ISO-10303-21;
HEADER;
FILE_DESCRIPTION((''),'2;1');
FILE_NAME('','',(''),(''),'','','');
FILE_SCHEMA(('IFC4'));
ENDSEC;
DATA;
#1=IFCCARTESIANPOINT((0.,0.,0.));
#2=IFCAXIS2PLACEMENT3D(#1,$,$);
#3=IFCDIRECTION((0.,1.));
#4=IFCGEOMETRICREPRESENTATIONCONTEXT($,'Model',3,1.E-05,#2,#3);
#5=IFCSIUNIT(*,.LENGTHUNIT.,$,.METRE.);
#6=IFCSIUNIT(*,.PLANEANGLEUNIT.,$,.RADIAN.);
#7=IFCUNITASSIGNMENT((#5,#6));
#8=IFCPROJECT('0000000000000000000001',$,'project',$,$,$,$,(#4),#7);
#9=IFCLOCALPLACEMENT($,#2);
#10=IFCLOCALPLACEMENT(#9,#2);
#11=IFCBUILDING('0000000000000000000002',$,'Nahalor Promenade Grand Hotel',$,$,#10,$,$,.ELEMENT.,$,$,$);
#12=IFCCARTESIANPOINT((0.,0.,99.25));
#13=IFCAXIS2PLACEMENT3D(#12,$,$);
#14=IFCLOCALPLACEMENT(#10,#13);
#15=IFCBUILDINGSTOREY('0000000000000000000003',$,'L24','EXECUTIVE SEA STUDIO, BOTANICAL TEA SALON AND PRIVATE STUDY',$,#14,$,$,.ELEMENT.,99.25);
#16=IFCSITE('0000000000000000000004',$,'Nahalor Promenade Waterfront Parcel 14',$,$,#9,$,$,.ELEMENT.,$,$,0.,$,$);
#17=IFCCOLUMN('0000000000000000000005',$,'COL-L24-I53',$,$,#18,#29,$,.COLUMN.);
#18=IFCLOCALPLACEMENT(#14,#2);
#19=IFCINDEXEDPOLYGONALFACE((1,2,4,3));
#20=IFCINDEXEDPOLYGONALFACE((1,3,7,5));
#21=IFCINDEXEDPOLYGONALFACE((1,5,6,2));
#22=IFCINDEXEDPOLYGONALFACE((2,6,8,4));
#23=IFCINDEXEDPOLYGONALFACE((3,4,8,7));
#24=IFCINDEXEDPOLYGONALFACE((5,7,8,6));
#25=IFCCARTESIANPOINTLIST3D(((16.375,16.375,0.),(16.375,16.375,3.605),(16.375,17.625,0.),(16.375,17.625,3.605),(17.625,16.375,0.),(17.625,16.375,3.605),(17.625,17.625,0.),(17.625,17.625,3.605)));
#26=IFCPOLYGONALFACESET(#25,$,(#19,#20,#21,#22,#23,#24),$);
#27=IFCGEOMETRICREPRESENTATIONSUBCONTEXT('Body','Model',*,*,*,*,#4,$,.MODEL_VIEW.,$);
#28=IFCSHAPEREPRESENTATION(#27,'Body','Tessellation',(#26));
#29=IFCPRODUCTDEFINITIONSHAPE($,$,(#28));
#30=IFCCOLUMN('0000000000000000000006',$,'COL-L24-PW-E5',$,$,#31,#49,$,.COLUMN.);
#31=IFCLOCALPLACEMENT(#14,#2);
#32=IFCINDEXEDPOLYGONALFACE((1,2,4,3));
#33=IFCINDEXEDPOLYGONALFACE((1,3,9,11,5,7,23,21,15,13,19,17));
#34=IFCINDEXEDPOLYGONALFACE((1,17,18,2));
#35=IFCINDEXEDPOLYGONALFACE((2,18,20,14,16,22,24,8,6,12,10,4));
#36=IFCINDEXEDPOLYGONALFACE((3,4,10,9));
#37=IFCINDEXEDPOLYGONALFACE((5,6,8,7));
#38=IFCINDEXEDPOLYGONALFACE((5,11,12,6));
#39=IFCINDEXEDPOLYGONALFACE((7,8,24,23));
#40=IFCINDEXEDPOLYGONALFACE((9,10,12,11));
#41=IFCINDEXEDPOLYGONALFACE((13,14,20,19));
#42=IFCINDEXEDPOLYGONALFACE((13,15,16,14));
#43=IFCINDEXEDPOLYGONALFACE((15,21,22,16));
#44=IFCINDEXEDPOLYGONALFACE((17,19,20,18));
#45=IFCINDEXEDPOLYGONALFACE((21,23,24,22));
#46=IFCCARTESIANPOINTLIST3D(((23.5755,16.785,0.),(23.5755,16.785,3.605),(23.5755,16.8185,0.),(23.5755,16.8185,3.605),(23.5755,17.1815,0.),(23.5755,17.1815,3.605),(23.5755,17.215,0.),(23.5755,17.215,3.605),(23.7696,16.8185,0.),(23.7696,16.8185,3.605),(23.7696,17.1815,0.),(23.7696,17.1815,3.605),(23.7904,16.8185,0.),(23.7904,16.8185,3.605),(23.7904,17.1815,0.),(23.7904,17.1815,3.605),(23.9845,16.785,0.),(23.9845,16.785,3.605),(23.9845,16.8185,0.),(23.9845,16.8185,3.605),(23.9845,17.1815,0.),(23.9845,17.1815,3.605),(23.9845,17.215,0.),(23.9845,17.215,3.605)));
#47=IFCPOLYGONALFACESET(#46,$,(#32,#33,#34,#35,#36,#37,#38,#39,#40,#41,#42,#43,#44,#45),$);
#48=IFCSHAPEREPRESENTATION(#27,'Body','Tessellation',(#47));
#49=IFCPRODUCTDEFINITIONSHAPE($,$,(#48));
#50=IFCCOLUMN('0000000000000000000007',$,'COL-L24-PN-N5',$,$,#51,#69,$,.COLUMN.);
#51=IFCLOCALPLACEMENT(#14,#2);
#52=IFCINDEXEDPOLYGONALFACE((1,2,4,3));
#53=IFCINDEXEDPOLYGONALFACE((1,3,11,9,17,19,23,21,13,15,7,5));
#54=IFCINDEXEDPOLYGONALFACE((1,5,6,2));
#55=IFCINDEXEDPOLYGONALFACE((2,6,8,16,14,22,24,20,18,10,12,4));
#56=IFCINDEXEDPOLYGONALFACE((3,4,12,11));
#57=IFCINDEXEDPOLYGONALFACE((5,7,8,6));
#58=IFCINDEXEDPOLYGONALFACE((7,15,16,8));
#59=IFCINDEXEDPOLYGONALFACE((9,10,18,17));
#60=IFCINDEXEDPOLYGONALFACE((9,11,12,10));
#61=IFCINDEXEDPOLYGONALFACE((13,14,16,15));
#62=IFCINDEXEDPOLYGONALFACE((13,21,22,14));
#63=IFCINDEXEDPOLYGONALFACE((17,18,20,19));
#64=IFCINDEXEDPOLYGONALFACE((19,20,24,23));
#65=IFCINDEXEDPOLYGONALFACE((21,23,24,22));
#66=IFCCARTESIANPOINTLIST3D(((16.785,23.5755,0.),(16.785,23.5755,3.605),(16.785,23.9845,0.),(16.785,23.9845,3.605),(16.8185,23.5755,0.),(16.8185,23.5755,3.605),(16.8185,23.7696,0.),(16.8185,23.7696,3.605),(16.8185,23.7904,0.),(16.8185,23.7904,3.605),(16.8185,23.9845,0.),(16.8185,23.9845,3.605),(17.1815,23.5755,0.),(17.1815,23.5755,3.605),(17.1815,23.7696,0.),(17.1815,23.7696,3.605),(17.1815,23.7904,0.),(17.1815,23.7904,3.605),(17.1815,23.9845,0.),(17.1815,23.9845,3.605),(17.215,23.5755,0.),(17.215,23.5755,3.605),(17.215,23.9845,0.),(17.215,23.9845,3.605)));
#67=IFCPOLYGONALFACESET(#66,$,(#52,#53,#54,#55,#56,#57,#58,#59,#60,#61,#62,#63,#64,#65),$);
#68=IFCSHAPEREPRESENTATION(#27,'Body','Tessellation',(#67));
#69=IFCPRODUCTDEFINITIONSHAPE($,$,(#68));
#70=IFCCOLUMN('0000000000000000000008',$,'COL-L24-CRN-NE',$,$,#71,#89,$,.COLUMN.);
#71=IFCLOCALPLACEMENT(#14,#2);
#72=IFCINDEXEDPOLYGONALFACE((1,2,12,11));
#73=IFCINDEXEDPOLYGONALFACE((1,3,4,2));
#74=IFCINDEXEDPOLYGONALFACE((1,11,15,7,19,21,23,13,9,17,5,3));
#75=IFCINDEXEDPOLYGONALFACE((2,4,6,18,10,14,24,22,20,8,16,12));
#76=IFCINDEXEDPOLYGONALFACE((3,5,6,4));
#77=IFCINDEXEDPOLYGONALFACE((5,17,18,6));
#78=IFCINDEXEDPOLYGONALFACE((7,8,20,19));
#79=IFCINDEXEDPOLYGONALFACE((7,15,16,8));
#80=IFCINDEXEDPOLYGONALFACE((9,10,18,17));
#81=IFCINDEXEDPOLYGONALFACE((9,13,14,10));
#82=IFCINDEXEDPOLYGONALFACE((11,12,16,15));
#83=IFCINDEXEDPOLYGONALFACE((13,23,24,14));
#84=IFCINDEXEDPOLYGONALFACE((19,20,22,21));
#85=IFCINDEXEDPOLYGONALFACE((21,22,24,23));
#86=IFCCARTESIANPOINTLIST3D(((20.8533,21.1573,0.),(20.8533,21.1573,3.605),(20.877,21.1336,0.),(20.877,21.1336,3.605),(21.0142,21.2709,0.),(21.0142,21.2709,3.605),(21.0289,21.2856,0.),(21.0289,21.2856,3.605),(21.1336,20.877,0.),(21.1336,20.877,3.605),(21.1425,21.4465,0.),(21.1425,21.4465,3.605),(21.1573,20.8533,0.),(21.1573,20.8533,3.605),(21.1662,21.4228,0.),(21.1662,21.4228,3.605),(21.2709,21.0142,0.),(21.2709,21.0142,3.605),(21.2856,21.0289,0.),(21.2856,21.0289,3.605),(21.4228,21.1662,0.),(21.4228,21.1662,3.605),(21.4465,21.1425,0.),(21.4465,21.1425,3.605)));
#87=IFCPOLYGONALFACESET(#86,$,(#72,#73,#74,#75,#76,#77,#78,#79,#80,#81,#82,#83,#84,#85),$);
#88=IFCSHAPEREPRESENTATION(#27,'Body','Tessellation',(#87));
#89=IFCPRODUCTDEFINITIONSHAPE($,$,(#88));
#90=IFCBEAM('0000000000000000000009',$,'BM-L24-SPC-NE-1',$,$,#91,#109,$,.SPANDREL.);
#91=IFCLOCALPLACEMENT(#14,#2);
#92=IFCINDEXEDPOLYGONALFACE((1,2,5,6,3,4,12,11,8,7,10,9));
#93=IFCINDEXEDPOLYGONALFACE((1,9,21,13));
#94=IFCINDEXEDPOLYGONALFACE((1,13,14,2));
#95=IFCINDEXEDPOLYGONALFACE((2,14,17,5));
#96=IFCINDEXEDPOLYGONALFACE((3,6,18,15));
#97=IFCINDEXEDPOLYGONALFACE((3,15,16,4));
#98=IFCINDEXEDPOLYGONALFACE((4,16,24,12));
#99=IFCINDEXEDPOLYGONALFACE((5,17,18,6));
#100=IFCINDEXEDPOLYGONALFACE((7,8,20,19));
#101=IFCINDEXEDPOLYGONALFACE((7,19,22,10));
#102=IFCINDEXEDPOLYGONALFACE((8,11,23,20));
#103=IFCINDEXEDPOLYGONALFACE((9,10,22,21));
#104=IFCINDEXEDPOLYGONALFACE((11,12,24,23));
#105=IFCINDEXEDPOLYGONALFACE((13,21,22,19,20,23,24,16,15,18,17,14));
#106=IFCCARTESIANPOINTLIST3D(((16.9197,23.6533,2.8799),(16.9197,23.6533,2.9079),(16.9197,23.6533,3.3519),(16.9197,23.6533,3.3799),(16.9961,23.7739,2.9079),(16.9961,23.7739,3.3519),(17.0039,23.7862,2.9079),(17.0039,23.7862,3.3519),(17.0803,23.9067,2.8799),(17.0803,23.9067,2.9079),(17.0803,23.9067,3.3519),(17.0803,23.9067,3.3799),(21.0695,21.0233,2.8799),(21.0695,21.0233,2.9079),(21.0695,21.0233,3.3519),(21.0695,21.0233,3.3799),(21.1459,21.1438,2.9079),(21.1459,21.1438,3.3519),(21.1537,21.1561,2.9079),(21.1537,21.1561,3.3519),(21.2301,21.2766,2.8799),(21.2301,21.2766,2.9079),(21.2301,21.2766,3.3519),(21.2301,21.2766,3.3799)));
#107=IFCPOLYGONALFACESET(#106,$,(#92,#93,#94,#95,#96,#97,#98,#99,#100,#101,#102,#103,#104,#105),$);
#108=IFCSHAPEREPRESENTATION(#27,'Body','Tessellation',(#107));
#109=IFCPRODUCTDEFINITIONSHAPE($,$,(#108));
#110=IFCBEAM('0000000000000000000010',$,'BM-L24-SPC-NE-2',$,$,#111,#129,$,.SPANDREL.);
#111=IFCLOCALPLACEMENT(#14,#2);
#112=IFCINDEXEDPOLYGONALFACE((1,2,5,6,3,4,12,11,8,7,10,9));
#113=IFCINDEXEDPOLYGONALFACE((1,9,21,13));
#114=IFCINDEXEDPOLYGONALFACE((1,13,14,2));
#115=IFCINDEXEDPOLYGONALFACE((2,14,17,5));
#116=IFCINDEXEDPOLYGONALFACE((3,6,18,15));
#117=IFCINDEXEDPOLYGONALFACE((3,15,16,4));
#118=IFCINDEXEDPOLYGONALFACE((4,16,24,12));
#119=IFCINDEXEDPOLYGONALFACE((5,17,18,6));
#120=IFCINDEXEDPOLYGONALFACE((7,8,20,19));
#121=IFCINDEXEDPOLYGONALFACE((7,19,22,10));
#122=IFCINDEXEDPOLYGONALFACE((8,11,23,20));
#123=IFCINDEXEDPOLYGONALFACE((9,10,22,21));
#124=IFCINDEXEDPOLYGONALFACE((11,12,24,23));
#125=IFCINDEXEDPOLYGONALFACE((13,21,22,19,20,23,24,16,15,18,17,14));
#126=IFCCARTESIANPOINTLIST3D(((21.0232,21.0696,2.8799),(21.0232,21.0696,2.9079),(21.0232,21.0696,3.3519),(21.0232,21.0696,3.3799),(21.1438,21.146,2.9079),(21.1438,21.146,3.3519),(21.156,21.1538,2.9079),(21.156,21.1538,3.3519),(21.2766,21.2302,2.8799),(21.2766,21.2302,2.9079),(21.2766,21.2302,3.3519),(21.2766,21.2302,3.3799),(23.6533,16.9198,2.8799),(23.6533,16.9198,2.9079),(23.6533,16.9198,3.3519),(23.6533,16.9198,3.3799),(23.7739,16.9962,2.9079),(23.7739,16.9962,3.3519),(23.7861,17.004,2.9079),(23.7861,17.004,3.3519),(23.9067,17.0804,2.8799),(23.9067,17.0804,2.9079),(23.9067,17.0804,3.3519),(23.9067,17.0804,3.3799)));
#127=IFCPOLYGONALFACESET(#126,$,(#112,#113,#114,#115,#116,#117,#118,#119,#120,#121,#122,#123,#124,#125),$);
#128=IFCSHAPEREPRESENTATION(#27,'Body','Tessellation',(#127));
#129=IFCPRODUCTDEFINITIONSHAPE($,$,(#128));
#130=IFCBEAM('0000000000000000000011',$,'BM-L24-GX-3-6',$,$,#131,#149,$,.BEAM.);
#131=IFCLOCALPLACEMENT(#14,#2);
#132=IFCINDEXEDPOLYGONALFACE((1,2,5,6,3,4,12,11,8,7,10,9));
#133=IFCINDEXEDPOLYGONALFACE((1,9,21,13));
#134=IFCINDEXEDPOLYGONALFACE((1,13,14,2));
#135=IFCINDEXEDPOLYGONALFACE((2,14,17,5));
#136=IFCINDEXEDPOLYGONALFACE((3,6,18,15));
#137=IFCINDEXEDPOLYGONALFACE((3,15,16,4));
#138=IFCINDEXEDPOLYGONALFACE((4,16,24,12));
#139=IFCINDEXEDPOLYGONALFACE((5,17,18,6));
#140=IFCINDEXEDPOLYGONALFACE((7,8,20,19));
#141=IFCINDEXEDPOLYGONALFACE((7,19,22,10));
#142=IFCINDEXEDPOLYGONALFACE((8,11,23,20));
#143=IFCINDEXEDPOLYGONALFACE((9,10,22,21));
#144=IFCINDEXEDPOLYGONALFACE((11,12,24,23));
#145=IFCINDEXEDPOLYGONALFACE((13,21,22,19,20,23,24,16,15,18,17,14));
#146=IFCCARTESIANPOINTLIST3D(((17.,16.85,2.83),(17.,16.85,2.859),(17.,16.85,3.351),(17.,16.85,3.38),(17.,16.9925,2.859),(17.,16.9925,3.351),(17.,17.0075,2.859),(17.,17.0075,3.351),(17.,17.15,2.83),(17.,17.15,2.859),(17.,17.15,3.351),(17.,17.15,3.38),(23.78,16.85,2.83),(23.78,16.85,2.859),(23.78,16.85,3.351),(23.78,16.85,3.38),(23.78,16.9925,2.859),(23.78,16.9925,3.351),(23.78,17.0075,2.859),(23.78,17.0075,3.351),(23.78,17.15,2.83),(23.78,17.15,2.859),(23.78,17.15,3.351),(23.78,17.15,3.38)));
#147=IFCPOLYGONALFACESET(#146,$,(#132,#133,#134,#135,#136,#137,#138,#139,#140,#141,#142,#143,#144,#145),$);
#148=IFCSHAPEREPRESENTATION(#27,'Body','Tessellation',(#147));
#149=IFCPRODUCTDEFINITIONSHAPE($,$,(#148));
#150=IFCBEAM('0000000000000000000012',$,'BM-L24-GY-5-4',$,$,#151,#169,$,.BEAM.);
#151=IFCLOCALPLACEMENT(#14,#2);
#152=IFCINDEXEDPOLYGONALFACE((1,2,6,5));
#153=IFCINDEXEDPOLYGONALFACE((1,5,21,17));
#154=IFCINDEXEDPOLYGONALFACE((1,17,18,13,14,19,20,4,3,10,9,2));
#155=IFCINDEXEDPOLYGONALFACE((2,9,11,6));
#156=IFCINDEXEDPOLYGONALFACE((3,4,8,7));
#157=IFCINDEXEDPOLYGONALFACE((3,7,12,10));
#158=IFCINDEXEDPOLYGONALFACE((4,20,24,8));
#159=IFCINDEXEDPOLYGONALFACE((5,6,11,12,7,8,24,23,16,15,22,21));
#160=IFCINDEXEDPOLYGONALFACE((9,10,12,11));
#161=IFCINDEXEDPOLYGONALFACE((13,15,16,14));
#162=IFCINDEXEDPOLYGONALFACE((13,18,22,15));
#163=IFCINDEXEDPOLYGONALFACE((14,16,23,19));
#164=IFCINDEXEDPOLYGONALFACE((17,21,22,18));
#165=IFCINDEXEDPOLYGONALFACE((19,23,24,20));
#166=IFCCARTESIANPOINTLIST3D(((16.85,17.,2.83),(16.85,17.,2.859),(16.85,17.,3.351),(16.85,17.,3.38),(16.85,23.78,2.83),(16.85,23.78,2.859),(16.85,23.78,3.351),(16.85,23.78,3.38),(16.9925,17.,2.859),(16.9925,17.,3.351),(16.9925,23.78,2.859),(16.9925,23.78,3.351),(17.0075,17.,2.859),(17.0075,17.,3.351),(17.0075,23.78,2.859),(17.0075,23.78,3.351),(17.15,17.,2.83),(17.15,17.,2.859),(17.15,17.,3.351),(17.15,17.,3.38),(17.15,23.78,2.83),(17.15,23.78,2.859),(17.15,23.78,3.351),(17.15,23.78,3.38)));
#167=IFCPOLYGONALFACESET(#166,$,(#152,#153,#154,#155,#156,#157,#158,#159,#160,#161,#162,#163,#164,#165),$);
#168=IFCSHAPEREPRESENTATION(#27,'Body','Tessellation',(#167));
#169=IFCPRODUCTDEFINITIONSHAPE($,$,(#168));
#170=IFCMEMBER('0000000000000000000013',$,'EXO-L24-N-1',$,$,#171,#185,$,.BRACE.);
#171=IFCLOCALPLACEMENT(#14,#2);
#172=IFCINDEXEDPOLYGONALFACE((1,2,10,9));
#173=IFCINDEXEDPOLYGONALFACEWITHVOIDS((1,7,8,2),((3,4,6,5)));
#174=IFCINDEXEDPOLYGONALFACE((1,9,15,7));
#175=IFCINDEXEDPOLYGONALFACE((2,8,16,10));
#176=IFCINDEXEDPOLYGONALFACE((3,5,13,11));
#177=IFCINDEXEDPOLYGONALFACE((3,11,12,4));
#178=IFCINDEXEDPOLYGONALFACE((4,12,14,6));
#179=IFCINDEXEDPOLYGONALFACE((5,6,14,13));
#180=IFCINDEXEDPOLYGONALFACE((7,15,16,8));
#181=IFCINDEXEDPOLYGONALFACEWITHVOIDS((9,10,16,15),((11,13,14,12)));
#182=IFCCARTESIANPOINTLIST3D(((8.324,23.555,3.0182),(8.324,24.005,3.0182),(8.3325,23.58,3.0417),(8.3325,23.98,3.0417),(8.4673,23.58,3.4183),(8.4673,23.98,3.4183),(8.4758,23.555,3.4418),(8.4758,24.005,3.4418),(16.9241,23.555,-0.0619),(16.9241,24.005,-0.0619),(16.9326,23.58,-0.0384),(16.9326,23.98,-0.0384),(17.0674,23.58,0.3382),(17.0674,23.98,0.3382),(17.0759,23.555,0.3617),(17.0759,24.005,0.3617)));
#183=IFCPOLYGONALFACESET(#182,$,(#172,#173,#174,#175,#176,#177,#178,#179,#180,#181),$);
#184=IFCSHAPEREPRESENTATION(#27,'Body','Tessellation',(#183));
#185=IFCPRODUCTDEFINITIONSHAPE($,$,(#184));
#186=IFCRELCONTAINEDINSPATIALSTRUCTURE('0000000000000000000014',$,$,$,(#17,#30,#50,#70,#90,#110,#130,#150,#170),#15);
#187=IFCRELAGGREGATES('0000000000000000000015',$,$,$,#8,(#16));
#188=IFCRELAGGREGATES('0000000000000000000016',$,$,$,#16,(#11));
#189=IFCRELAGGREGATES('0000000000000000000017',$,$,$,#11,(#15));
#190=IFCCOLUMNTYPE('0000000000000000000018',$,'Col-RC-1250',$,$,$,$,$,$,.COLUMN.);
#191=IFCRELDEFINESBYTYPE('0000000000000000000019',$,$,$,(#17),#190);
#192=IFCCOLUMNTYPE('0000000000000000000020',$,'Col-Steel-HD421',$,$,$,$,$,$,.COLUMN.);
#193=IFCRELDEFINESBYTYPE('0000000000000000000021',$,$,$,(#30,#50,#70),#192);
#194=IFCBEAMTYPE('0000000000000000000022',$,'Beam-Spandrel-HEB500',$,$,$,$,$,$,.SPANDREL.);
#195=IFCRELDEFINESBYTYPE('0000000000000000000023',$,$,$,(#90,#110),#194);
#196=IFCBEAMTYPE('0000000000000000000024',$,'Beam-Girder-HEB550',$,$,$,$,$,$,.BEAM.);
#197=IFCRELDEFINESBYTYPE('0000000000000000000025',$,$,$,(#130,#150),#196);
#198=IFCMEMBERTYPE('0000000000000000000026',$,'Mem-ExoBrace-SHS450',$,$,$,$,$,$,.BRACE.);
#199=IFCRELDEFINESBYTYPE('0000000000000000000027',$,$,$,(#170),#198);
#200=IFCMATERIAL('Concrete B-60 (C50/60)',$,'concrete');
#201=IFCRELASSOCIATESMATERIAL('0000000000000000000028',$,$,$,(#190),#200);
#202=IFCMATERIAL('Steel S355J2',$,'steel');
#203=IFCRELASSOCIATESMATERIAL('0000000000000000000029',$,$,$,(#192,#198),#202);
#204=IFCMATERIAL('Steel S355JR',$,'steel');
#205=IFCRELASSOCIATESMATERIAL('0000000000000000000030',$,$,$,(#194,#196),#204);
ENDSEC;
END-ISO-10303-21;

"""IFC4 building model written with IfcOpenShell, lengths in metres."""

from ifc_helpers import new_model, si_unit, direction, frame, origin, origin_2d, place, context, subcontext, project, spatial, rectangle, hollow_rectangle, i_section, extrude, source, transform, mapped, material, material_profile, profile_set, type_object, element, save


model = new_model("IFC4")

# Units and contexts
model_context = context("Model", 3, precision=1e-05, world=origin(), true_north=direction((0.0, 1.0)))
body_context = subcontext(model_context, "Body", "Model", "MODEL_VIEW")
ifc_project = project(units=[si_unit("LENGTHUNIT", "METRE"), si_unit("PLANEANGLEUNIT", "RADIAN")], contexts=[model_context])

# Site, building, storey
site_placement = place(None, origin())
site = spatial("IfcSite", under=ifc_project, at=site_placement, Name="Nahalor Promenade Waterfront Parcel 14", CompositionType="ELEMENT", RefElevation=0.0)
building_placement = place(site_placement, origin())
building = spatial("IfcBuilding", under=site, at=building_placement, Name="Nahalor Promenade Grand Hotel", CompositionType="ELEMENT")
storey_placement = place(building_placement, frame((0.0, 0.0, 99.25)))
storey = spatial("IfcBuildingStorey", under=building, at=storey_placement, Name="L24", Description="EXECUTIVE SEA STUDIO, BOTANICAL TEA SALON AND PRIVATE STUDY", CompositionType="ELEMENT", Elevation=99.25)

# Columns
ifc_material_1 = material(Name="Concrete B-60 (C50/60)", Category="concrete")
ifc_material_profile_1 = material_profile(ifc_material_1, rectangle(XDim=1.25, YDim=1.25, at=origin_2d()), Name="RC 1250x1250")
ifc_profile_set_1 = profile_set([ifc_material_profile_1], Name="Concrete B-60 (C50/60)")
column_type_1 = type_object("IfcColumnType", Name="Col-RC-1250", PredefinedType="COLUMN", material=ifc_profile_set_1)
shared_shape_1 = source(origin(), body_context, "Body", "SweptSolid", [
    extrude(rectangle(XDim=1.25, YDim=1.25, at=origin_2d()), origin(), (0.0, 0.0, 1.0), 3.605),
])
column_placement = place(storey_placement, frame((17.0, 17.0, 0.0), z_axis=(0.0, 0.0, 1.0), x_axis=(1.0, 0.0, 0.0)))
element("IfcColumn", 1, at=column_placement, inside=storey, type_object=column_type_1, Name="COL-L24-I53", PredefinedType="COLUMN", context=body_context, shape_type="MappedRepresentation", body=[
    mapped(shared_shape_1, transform((0.0, 0.0, 0.0), scale=1.0)),
])
ifc_material_2 = material(Name="Steel S355J2", Category="steel")
ifc_material_profile_2 = material_profile(ifc_material_2, i_section(OverallWidth=0.409, OverallDepth=0.43, WebThickness=0.0208, FlangeThickness=0.0335, at=origin_2d()), Name="HD 400x421")
ifc_profile_set_2 = profile_set([ifc_material_profile_2], Name="Steel S355J2")
column_type_2 = type_object("IfcColumnType", Name="Col-Steel-HD421", PredefinedType="COLUMN", material=ifc_profile_set_2)
shared_shape_2 = source(origin(), body_context, "Body", "SweptSolid", [
    extrude(i_section(OverallWidth=0.409, OverallDepth=0.43, WebThickness=0.0208, FlangeThickness=0.0335, at=origin_2d()), origin(), (0.0, 0.0, 1.0), 3.605),
])
for number, where, z_axis, x_axis, name in (
    (2, (23.78, 17.0, 0.0), (0.0, 0.0, 1.0), (1.0, 0.0, 0.0), "COL-L24-PW-E5"),
    (3, (17.0, 23.78, 0.0), (0.0, 0.0, 1.0), (0.0, 1.0, 0.0), "COL-L24-PN-N5"),
    (4, (21.1499, 21.1499, 0.0), (0.0, 0.0, 1.0), (0.707107, 0.707107, 0.0), "COL-L24-CRN-NE"),
):
    element("IfcColumn", number, at=place(storey_placement, frame(where, z_axis=z_axis, x_axis=x_axis)), inside=storey, type_object=column_type_2, Name=name, PredefinedType="COLUMN", context=body_context, shape_type="MappedRepresentation", body=[
        mapped(shared_shape_2, transform((0.0, 0.0, 0.0), scale=1.0)),
    ])

# Beams
ifc_material_3 = material(Name="Steel S355JR", Category="steel")
ifc_material_profile_3 = material_profile(ifc_material_3, i_section(OverallWidth=0.3, OverallDepth=0.5, WebThickness=0.0145, FlangeThickness=0.028, at=origin_2d()), Name="HEB 500")
ifc_profile_set_3 = profile_set([ifc_material_profile_3], Name="Steel S355JR")
beam_type_1 = type_object("IfcBeamType", Name="Beam-Spandrel-HEB500", PredefinedType="SPANDREL", material=ifc_profile_set_3)
shared_shape_3 = source(origin(), body_context, "Body", "SweptSolid", [
    extrude(i_section(OverallWidth=0.3, OverallDepth=0.5, WebThickness=0.0145, FlangeThickness=0.028, at=origin_2d()), origin(), (0.0, 0.0, 1.0), 4.9131),
])
for number, where, z_axis, x_axis, name in (
    (5, (17.0, 23.78, 3.1299), (0.844648, -0.535322, 0.0), (0.535322, 0.844648, 0.0), "BM-L24-SPC-NE-1"),
    (6, (21.1499, 21.1499, 3.1299), (0.535322, -0.844648, 0.0), (0.844648, 0.535322, 0.0), "BM-L24-SPC-NE-2"),
):
    element("IfcBeam", number, at=place(storey_placement, frame(where, z_axis=z_axis, x_axis=x_axis)), inside=storey, type_object=beam_type_1, Name=name, PredefinedType="SPANDREL", context=body_context, shape_type="MappedRepresentation", body=[
        mapped(shared_shape_3, transform((0.0, 0.0, 0.0), scale=1.0)),
    ])
ifc_material_profile_4 = material_profile(ifc_material_3, i_section(OverallWidth=0.3, OverallDepth=0.55, WebThickness=0.015, FlangeThickness=0.029, at=origin_2d()), Name="HEB 550")
ifc_profile_set_4 = profile_set([ifc_material_profile_4], Name="Steel S355JR")
beam_type_2 = type_object("IfcBeamType", Name="Beam-Girder-HEB550", PredefinedType="BEAM", material=ifc_profile_set_4)
shared_shape_4 = source(origin(), body_context, "Body", "SweptSolid", [
    extrude(i_section(OverallWidth=0.3, OverallDepth=0.55, WebThickness=0.015, FlangeThickness=0.029, at=origin_2d()), origin(), (0.0, 0.0, 1.0), 6.78),
])
for number, where, z_axis, x_axis, name in (
    (7, (17.0, 17.0, 3.105), (1.0, 0.0, 0.0), (0.0, 1.0, 0.0), "BM-L24-GX-3-6"),
    (8, (17.0, 17.0, 3.105), (0.0, 1.0, 0.0), (-1.0, 0.0, 0.0), "BM-L24-GY-5-4"),
):
    element("IfcBeam", number, at=place(storey_placement, frame(where, z_axis=z_axis, x_axis=x_axis)), inside=storey, type_object=beam_type_2, Name=name, PredefinedType="BEAM", context=body_context, shape_type="MappedRepresentation", body=[
        mapped(shared_shape_4, transform((0.0, 0.0, 0.0), scale=1.0)),
    ])

# Member
ifc_material_profile_5 = material_profile(ifc_material_2, hollow_rectangle(XDim=0.45, YDim=0.45, WallThickness=0.025, at=origin_2d()), Name="SHS 450x450x25")
ifc_profile_set_5 = profile_set([ifc_material_profile_5], Name="Steel S355J2")
member_type_1 = type_object("IfcMemberType", Name="Mem-ExoBrace-SHS450", PredefinedType="BRACE", material=ifc_profile_set_5)
shared_shape_5 = source(origin(), body_context, "Body", "SweptSolid", [
    extrude(hollow_rectangle(XDim=0.45, YDim=0.45, WallThickness=0.025, at=origin_2d()), origin(), (0.0, 0.0, 1.0), 9.135),
])
member_1_placement = place(storey_placement, frame((17.0, 23.78, 0.1499), z_axis=(-0.941443, 0.0, 0.337173), x_axis=(0.0, -1.0, 0.0)))
element("IfcMember", 9, at=member_1_placement, inside=storey, type_object=member_type_1, Name="EXO-L24-N-1", PredefinedType="BRACE", context=body_context, shape_type="MappedRepresentation", body=[
    mapped(shared_shape_5, transform((0.0, 0.0, 0.0), scale=1.0)),
])

save(model, "model.ifc")
